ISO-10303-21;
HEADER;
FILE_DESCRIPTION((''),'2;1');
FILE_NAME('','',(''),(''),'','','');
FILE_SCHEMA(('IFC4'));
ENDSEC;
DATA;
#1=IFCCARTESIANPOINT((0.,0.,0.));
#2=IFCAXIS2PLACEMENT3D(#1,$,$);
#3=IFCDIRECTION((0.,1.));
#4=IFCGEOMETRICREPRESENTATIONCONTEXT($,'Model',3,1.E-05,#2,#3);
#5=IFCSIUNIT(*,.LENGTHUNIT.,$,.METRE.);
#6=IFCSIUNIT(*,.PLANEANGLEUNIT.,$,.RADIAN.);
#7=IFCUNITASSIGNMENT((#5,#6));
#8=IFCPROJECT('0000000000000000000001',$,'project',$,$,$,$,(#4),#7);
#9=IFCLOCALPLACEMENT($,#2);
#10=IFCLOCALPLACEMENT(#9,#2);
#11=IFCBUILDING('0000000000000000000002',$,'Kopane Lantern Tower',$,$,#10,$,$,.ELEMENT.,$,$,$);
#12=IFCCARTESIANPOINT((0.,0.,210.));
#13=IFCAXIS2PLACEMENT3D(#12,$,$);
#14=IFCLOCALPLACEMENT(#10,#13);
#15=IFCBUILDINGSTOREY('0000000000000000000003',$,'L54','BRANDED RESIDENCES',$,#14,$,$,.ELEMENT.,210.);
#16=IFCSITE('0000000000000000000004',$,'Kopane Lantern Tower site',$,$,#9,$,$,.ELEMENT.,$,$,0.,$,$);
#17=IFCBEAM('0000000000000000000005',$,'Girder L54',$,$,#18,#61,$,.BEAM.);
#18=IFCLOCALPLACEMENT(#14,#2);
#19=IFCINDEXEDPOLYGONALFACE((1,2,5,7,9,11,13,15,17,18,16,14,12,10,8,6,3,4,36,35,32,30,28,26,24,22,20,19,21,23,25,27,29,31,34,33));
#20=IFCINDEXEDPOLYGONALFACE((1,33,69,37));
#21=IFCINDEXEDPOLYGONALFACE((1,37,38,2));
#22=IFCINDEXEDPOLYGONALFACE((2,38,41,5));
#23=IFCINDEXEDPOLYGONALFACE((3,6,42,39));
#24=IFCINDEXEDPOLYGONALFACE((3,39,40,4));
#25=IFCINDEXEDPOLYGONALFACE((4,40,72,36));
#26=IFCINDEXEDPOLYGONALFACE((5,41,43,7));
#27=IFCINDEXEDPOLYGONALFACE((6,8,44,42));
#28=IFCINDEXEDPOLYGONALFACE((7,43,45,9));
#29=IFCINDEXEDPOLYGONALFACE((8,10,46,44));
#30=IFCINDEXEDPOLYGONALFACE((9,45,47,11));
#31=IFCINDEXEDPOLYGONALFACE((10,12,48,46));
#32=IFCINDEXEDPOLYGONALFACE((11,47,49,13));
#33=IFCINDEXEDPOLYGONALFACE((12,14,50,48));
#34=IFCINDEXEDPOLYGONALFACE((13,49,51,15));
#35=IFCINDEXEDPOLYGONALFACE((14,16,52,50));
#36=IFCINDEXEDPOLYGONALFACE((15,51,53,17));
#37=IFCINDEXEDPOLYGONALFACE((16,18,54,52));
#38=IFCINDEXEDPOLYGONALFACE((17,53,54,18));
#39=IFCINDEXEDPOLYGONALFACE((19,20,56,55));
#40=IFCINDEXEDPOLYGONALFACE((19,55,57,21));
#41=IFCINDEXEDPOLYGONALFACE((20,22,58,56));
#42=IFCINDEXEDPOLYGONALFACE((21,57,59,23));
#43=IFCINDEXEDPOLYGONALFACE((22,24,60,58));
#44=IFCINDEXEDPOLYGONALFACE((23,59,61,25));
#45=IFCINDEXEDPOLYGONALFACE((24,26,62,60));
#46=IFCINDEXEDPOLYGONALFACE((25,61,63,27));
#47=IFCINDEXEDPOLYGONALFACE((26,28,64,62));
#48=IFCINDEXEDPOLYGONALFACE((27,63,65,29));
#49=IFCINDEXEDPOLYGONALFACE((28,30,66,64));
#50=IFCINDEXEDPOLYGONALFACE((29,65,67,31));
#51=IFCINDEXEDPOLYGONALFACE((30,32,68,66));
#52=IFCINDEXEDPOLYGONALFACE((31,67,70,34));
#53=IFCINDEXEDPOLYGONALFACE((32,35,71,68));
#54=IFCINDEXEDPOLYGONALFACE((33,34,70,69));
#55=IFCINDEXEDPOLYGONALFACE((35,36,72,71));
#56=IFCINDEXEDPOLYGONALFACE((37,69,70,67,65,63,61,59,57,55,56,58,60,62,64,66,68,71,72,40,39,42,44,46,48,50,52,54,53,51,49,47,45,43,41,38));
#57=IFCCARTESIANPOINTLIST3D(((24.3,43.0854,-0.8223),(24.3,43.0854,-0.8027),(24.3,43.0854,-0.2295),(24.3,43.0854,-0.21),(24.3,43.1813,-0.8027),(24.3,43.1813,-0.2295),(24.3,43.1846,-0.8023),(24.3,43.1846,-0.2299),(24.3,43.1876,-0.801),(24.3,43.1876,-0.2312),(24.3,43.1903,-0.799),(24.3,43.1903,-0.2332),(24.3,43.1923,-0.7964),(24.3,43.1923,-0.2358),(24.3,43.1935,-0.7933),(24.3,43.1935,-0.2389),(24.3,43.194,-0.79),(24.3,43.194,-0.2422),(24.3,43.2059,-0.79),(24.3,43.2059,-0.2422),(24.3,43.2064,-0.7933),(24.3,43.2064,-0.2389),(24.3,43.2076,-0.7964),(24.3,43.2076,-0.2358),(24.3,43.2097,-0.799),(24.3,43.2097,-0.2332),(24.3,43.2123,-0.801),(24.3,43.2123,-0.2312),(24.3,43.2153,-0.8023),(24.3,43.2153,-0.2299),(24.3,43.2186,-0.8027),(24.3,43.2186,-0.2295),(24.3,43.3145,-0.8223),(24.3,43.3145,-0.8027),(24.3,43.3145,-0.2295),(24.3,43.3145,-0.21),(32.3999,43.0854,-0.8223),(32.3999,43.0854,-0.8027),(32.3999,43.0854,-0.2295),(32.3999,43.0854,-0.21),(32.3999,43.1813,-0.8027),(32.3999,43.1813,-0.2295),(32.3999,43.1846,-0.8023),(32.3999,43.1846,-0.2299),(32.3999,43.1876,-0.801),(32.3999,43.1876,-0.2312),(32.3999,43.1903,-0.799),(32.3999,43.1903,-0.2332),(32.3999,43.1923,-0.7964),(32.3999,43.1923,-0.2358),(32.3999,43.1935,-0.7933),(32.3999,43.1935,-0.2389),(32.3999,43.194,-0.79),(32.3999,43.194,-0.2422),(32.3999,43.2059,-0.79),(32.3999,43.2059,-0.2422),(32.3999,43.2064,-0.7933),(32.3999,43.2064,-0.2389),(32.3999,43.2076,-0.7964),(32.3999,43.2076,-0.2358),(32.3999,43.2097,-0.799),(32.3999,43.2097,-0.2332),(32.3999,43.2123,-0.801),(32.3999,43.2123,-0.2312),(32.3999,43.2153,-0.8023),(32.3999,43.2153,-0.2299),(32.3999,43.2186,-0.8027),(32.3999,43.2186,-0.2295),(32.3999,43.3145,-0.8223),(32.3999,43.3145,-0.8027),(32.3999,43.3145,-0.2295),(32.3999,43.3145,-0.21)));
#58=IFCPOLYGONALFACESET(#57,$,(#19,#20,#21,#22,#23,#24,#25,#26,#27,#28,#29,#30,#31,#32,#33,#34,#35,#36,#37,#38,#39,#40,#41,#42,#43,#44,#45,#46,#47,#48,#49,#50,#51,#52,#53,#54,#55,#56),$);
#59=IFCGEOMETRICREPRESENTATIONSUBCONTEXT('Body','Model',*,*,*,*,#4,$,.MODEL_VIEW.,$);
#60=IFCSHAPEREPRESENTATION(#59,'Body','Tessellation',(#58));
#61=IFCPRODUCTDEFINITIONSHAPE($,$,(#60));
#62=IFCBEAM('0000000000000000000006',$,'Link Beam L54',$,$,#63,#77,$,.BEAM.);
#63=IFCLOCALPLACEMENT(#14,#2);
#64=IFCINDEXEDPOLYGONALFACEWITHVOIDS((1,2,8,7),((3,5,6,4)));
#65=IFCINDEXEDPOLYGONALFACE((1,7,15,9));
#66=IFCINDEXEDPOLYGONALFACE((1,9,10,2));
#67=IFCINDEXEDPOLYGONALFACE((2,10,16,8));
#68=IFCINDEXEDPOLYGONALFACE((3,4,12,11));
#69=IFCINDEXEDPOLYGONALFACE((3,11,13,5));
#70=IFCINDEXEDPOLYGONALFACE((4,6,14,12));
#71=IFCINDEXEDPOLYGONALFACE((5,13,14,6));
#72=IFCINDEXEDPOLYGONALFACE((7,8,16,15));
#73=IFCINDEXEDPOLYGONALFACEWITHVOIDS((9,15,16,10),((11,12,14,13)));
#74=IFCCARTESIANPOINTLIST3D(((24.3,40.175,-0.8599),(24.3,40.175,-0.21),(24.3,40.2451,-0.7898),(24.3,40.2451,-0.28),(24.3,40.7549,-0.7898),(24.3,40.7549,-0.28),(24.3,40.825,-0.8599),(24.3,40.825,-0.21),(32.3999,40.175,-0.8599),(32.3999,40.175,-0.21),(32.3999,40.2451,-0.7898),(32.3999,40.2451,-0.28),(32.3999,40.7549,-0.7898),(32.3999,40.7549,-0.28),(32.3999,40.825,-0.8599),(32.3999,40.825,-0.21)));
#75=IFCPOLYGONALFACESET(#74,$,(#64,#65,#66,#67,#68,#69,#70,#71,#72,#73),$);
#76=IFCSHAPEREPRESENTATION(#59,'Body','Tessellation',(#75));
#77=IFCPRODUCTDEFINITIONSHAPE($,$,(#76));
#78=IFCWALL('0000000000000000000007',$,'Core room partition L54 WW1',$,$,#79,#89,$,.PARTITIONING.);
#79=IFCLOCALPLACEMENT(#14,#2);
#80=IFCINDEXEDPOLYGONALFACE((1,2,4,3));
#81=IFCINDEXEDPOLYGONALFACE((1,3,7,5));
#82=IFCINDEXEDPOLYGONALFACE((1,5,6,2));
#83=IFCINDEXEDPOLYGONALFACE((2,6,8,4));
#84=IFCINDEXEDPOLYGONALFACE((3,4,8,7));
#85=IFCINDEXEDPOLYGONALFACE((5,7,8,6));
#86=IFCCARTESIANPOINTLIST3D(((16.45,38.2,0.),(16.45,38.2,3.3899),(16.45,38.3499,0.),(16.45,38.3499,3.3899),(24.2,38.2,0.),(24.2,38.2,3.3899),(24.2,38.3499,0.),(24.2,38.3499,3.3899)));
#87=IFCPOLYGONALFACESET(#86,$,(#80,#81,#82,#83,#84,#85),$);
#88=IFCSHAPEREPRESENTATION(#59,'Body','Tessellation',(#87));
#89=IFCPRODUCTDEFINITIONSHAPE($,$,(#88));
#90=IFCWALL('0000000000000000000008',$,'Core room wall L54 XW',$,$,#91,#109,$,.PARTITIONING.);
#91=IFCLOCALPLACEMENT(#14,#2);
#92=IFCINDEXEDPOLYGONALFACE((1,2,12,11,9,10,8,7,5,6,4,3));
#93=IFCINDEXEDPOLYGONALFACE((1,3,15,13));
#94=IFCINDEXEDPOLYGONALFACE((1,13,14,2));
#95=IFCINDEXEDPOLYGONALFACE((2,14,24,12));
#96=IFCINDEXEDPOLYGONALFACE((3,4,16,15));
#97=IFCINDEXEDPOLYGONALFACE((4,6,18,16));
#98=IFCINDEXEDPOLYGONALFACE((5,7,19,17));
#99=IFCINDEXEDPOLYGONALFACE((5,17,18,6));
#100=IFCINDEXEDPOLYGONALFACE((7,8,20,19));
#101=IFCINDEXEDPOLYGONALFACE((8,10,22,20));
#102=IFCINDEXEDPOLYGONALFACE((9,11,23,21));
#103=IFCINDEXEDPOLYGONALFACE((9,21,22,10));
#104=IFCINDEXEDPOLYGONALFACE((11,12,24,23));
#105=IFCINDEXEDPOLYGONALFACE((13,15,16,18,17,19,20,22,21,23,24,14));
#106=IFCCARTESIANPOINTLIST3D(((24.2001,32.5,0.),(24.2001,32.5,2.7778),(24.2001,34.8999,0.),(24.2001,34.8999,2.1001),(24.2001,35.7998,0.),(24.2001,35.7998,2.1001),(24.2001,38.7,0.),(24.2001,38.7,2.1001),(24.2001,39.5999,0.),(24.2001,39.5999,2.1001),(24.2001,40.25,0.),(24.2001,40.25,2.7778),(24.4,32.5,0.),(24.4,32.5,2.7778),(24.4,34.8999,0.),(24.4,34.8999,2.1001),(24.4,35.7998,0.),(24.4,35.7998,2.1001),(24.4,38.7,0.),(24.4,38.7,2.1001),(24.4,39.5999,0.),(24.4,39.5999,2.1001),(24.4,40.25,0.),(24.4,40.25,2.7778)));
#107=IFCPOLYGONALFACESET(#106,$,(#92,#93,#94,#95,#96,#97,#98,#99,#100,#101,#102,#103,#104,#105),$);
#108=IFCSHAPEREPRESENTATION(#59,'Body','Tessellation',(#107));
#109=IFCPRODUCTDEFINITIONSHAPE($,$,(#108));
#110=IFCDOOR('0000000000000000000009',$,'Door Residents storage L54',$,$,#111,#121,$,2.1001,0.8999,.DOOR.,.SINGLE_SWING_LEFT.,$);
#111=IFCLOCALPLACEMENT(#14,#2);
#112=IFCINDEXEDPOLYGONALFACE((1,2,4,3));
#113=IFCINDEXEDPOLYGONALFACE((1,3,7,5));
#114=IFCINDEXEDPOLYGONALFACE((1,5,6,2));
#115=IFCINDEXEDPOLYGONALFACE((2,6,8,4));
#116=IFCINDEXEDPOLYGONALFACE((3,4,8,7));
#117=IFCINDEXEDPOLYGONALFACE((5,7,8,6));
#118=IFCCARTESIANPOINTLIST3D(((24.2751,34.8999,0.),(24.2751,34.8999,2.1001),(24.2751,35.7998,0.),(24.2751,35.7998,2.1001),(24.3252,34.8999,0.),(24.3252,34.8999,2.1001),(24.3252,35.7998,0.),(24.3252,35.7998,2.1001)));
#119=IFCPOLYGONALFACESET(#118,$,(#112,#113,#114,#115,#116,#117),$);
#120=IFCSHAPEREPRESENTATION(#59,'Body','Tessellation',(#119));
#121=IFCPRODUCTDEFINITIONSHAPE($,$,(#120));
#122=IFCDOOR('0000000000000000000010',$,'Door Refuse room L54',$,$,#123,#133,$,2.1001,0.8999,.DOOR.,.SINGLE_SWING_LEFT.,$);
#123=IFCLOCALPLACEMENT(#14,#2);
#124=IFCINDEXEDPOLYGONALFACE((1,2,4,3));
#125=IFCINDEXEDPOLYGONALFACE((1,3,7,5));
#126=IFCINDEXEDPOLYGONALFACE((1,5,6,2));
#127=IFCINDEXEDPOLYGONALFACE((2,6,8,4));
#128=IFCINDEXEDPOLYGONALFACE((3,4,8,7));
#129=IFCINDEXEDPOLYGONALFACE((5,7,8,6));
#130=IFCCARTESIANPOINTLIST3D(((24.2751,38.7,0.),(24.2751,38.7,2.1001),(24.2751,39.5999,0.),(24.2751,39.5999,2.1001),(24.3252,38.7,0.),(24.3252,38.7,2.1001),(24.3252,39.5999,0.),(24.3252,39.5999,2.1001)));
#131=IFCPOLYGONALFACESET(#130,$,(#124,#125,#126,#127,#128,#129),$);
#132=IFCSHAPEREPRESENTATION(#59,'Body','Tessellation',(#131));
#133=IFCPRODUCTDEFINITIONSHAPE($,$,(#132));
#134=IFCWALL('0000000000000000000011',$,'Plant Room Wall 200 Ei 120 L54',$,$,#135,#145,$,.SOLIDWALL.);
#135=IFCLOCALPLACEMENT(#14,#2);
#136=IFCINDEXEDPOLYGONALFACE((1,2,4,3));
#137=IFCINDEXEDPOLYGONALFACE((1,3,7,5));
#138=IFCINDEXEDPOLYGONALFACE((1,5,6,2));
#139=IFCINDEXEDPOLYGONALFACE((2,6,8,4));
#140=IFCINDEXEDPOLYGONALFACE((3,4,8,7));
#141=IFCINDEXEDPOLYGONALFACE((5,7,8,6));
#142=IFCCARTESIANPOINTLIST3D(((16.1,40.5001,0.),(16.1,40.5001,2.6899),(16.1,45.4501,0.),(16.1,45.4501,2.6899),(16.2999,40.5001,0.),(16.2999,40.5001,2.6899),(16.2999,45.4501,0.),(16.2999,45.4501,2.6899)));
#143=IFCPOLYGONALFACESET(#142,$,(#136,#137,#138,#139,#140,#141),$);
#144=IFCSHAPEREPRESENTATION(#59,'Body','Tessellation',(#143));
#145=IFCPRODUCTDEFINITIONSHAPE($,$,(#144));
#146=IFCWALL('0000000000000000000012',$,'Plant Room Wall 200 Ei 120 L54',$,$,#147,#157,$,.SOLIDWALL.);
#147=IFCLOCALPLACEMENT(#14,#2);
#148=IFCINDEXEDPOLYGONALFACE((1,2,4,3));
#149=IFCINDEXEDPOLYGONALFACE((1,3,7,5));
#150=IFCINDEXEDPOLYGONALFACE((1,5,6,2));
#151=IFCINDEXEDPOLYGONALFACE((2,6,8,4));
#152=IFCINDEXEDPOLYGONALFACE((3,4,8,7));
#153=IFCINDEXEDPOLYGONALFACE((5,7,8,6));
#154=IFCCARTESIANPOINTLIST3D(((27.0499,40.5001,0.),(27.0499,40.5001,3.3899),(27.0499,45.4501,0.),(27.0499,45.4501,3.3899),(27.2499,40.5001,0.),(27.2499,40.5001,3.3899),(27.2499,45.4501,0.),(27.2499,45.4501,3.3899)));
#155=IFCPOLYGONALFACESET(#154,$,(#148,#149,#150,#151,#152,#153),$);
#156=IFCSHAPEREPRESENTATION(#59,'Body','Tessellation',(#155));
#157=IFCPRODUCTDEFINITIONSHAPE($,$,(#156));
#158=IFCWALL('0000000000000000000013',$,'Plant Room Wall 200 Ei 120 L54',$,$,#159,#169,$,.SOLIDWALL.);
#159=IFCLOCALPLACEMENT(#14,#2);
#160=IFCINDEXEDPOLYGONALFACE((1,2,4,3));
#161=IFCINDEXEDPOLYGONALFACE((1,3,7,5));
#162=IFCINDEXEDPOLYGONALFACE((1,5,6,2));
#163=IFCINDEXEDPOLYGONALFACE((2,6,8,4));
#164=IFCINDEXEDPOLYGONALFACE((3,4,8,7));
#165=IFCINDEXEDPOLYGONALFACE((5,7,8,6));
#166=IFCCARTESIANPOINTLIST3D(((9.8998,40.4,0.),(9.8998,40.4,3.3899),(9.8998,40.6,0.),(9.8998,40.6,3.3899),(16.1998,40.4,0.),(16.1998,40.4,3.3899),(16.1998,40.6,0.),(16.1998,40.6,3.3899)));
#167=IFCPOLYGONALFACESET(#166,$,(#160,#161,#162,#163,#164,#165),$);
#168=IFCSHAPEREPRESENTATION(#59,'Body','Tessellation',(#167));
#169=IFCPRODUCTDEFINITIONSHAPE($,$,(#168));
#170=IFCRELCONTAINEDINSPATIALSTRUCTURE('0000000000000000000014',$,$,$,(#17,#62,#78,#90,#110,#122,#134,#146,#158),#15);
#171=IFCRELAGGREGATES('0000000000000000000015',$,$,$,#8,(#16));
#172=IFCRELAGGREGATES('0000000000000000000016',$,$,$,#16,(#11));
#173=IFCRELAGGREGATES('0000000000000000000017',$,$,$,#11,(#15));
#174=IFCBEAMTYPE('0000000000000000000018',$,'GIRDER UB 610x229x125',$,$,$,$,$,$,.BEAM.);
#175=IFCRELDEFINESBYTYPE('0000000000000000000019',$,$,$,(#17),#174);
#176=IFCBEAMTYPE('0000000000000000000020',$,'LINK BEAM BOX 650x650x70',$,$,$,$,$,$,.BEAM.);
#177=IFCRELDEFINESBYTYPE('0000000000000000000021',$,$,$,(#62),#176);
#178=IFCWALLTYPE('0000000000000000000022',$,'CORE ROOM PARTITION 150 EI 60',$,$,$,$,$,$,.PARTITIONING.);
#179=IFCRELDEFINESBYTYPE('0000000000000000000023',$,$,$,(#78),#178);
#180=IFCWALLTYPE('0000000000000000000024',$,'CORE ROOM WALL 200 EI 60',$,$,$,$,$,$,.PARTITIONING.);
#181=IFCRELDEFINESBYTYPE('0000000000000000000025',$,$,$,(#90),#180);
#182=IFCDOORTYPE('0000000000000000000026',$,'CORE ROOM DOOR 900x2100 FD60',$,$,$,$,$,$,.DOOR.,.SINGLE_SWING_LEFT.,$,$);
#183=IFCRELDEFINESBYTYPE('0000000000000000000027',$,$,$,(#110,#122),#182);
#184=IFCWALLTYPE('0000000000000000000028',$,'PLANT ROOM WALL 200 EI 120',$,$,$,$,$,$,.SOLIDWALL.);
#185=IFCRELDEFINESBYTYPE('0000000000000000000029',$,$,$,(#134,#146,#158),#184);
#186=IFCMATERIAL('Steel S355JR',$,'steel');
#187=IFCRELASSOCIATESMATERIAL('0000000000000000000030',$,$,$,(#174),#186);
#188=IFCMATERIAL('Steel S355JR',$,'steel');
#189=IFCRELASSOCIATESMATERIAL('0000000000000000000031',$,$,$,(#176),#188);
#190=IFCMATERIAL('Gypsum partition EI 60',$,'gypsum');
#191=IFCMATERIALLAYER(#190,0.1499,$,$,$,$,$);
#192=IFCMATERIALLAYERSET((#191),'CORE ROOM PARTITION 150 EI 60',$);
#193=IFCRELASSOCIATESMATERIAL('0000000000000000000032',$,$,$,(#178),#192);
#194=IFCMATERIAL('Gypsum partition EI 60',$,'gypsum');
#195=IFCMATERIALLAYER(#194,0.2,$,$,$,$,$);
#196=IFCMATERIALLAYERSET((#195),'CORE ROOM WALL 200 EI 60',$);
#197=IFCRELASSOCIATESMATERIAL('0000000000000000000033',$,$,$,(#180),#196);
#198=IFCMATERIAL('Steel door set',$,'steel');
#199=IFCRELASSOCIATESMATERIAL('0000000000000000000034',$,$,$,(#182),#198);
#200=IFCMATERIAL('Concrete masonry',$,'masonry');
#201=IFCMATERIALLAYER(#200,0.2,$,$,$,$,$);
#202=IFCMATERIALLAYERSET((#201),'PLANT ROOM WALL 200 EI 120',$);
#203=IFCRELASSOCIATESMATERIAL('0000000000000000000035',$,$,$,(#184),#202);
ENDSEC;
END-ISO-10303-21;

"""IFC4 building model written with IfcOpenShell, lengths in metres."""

from ifc_helpers import new_model, si_unit, direction, frame, frame_2d, origin, origin_2d, place, context, subcontext, project, spatial, rectangle, hollow_rectangle, i_section, extrude, material, layer, layer_set, material_profile, profile_set, type_object, element, fill, save


model = new_model("IFC4")

# Units and contexts
model_context = context("Model", 3, precision=1e-05, world=origin(), true_north=direction((0.0, 1.0)))
body_context = subcontext(model_context, "Body", "Model", "MODEL_VIEW")
ifc_project = project(units=[si_unit("LENGTHUNIT", "METRE"), si_unit("PLANEANGLEUNIT", "RADIAN")], contexts=[model_context])

# Site, building, storey
site_placement = place(None, origin())
site = spatial("IfcSite", under=ifc_project, at=site_placement, Name="Kopane Lantern Tower site", CompositionType="ELEMENT", RefElevation=0.0)
building_placement = place(site_placement, origin())
building = spatial("IfcBuilding", under=site, at=building_placement, Name="Kopane Lantern Tower", CompositionType="ELEMENT")
storey_placement = place(building_placement, frame((0.0, 0.0, 210.0)))
storey = spatial("IfcBuildingStorey", under=building, at=storey_placement, Name="L54", Description="BRANDED RESIDENCES", CompositionType="ELEMENT", Elevation=210.0)

# Beams
ifc_material_1 = material(Name="Steel S355JR", Category="steel")
ifc_material_profile_1 = material_profile(ifc_material_1, i_section(OverallWidth=0.229, OverallDepth=0.6123, WebThickness=0.012, FlangeThickness=0.0195, FilletRadius=0.0127, at=origin_2d()), Name="UB 610x229x125")
ifc_profile_set_1 = profile_set([ifc_material_profile_1], Name="Steel S355JR")
beam_type_1 = type_object("IfcBeamType", Name="GIRDER UB 610x229x125", PredefinedType="BEAM", material=ifc_profile_set_1)
beam_1_placement = place(storey_placement, frame((24.3, 43.2, -0.5161), z_axis=(1.0, 0.0, 0.0), x_axis=(0.0, 1.0, 0.0)))
element("IfcBeam", 1, at=beam_1_placement, inside=storey, type_object=beam_type_1, Name="Girder L54", PredefinedType="BEAM", context=body_context, shape_type="SweptSolid", body=[
    extrude(i_section(OverallWidth=0.229, OverallDepth=0.6123, WebThickness=0.012, FlangeThickness=0.0195, FilletRadius=0.0127, at=origin_2d()), origin(), (0.0, 0.0, 1.0), 8.0999),
])
ifc_material_2 = material(Name="Steel S355JR", Category="steel")
ifc_material_profile_2 = material_profile(ifc_material_2, hollow_rectangle(XDim=0.6499, YDim=0.6499, WallThickness=0.0701, at=origin_2d()), Name="BOX 650x650x70")
ifc_profile_set_2 = profile_set([ifc_material_profile_2], Name="Steel S355JR")
beam_type_2 = type_object("IfcBeamType", Name="LINK BEAM BOX 650x650x70", PredefinedType="BEAM", material=ifc_profile_set_2)
beam_2_placement = place(storey_placement, frame((24.3, 40.5, -0.5349), z_axis=(1.0, 0.0, 0.0), x_axis=(0.0, 1.0, 0.0)))
element("IfcBeam", 2, at=beam_2_placement, inside=storey, type_object=beam_type_2, Name="Link Beam L54", PredefinedType="BEAM", context=body_context, shape_type="SweptSolid", body=[
    extrude(hollow_rectangle(XDim=0.6499, YDim=0.6499, WallThickness=0.0701, at=origin_2d()), origin(), (0.0, 0.0, 1.0), 8.0999),
])

# Wall
ifc_material_3 = material(Name="Gypsum partition EI 60", Category="gypsum")
ifc_layer_1 = layer(ifc_material_3, 0.1499)
ifc_layer_set_1 = layer_set([ifc_layer_1], Name="CORE ROOM PARTITION 150 EI 60")
wall_type_1 = type_object("IfcWallType", Name="CORE ROOM PARTITION 150 EI 60", PredefinedType="PARTITIONING", material=ifc_layer_set_1)
wall_1_placement = place(storey_placement, frame((16.45, 38.2749, 0.0), z_axis=(0.0, 0.0, 1.0), x_axis=(1.0, 0.0, 0.0)))
element("IfcWall", 3, at=wall_1_placement, inside=storey, type_object=wall_type_1, Name="Core room partition L54 WW1", PredefinedType="PARTITIONING", context=body_context, shape_type="SweptSolid", body=[
    extrude(rectangle(XDim=7.75, YDim=0.1499, at=frame_2d((3.875, 0.0))), origin(), (0.0, 0.0, 1.0), 3.3899),
])

# Wall, openings, doors
ifc_material_4 = material(Name="Gypsum partition EI 60", Category="gypsum")
ifc_layer_2 = layer(ifc_material_4, 0.2)
ifc_layer_set_2 = layer_set([ifc_layer_2], Name="CORE ROOM WALL 200 EI 60")
wall_type_2 = type_object("IfcWallType", Name="CORE ROOM WALL 200 EI 60", PredefinedType="PARTITIONING", material=ifc_layer_set_2)
wall_2_placement = place(storey_placement, frame((24.3, 32.5, 0.0), z_axis=(0.0, 0.0, 1.0), x_axis=(0.0, 1.0, 0.0)))
wall_2 = element("IfcWall", 4, at=wall_2_placement, inside=storey, type_object=wall_type_2, Name="Core room wall L54 XW", PredefinedType="PARTITIONING", context=body_context, shape_type="SweptSolid", body=[
    extrude(rectangle(XDim=7.75, YDim=0.2, at=frame_2d((3.875, 0.0))), origin(), (0.0, 0.0, 1.0), 2.7778),
])
opening_1_placement = place(wall_2_placement, frame((2.3999, 0.0, 0.0)))
opening_1 = element("IfcOpeningElement", 5, at=opening_1_placement, cuts=wall_2, PredefinedType="OPENING", context=body_context, shape_type="SweptSolid", body=[
    extrude(rectangle(XDim=0.8999, YDim=2.1001, at=frame_2d((0.45, 1.05))), frame((0.0, 0.1099, 0.0), z_axis=(0.0, -1.0, 0.0), x_axis=(1.0, 0.0, 0.0)), (0.0, 0.0, 1.0), 0.22),
])
opening_2_placement = place(wall_2_placement, frame((6.2, 0.0, 0.0)))
opening_2 = element("IfcOpeningElement", 6, at=opening_2_placement, cuts=wall_2, PredefinedType="OPENING", context=body_context, shape_type="SweptSolid", body=[
    extrude(rectangle(XDim=0.8999, YDim=2.1001, at=frame_2d((0.45, 1.05))), frame((0.0, 0.1099, 0.0), z_axis=(0.0, -1.0, 0.0), x_axis=(1.0, 0.0, 0.0)), (0.0, 0.0, 1.0), 0.22),
])
ifc_material_5 = material(Name="Steel door set", Category="steel")
door_type_1 = type_object("IfcDoorType", Name="CORE ROOM DOOR 900x2100 FD60", OperationType="SINGLE_SWING_LEFT", PredefinedType="DOOR", material=ifc_material_5)
door_1_placement = place(opening_1_placement, origin())
door_1 = element("IfcDoor", 7, at=door_1_placement, inside=storey, type_object=door_type_1, Name="Door Residents storage L54", OperationType="SINGLE_SWING_LEFT", OverallHeight=2.1001, OverallWidth=0.8999, PredefinedType="DOOR", context=body_context, shape_type="SweptSolid", body=[
    extrude(rectangle(XDim=0.8999, YDim=2.1001, at=frame_2d((0.45, 1.05))), frame((0.0, 0.0249, 0.0), z_axis=(0.0, -1.0, 0.0), x_axis=(1.0, 0.0, 0.0)), (0.0, 0.0, 1.0), 0.05),
])
fill(opening_1, door_1)
door_2_placement = place(opening_2_placement, origin())
door_2 = element("IfcDoor", 8, at=door_2_placement, inside=storey, type_object=door_type_1, Name="Door Refuse room L54", OperationType="SINGLE_SWING_LEFT", OverallHeight=2.1001, OverallWidth=0.8999, PredefinedType="DOOR", context=body_context, shape_type="SweptSolid", body=[
    extrude(rectangle(XDim=0.8999, YDim=2.1001, at=frame_2d((0.45, 1.05))), frame((0.0, 0.0249, 0.0), z_axis=(0.0, -1.0, 0.0), x_axis=(1.0, 0.0, 0.0)), (0.0, 0.0, 1.0), 0.05),
])
fill(opening_2, door_2)

# Walls
ifc_material_6 = material(Name="Concrete masonry", Category="masonry")
ifc_layer_3 = layer(ifc_material_6, 0.2)
ifc_layer_set_3 = layer_set([ifc_layer_3], Name="PLANT ROOM WALL 200 EI 120")
wall_type_3 = type_object("IfcWallType", Name="PLANT ROOM WALL 200 EI 120", PredefinedType="SOLIDWALL", material=ifc_layer_set_3)
wall_3_placement = place(storey_placement, frame((16.2, 40.5, 0.0), z_axis=(0.0, 0.0, 1.0), x_axis=(0.0, 1.0, 0.0)))
element("IfcWall", 9, at=wall_3_placement, inside=storey, type_object=wall_type_3, Name="Plant Room Wall 200 Ei 120 L54", PredefinedType="SOLIDWALL", context=body_context, shape_type="SweptSolid", body=[
    extrude(rectangle(XDim=4.95, YDim=0.2, at=frame_2d((2.4751, 0.0))), origin(), (0.0, 0.0, 1.0), 2.6899),
])
wall_4_placement = place(storey_placement, frame((27.1499, 40.5, 0.0), z_axis=(0.0, 0.0, 1.0), x_axis=(0.0, 1.0, 0.0)))
element("IfcWall", 10, at=wall_4_placement, inside=storey, type_object=wall_type_3, Name="Plant Room Wall 200 Ei 120 L54", PredefinedType="SOLIDWALL", context=body_context, shape_type="SweptSolid", body=[
    extrude(rectangle(XDim=4.95, YDim=0.2, at=frame_2d((2.4751, 0.0))), origin(), (0.0, 0.0, 1.0), 3.3899),
])
wall_5_placement = place(storey_placement, frame((9.8999, 40.5, 0.0), z_axis=(0.0, 0.0, 1.0), x_axis=(1.0, 0.0, 0.0)))
element("IfcWall", 11, at=wall_5_placement, inside=storey, type_object=wall_type_3, Name="Plant Room Wall 200 Ei 120 L54", PredefinedType="SOLIDWALL", context=body_context, shape_type="SweptSolid", body=[
    extrude(rectangle(XDim=6.3, YDim=0.2, at=frame_2d((3.1499, 0.0))), origin(), (0.0, 0.0, 1.0), 3.3899),
])

save(model, "model.ifc")
